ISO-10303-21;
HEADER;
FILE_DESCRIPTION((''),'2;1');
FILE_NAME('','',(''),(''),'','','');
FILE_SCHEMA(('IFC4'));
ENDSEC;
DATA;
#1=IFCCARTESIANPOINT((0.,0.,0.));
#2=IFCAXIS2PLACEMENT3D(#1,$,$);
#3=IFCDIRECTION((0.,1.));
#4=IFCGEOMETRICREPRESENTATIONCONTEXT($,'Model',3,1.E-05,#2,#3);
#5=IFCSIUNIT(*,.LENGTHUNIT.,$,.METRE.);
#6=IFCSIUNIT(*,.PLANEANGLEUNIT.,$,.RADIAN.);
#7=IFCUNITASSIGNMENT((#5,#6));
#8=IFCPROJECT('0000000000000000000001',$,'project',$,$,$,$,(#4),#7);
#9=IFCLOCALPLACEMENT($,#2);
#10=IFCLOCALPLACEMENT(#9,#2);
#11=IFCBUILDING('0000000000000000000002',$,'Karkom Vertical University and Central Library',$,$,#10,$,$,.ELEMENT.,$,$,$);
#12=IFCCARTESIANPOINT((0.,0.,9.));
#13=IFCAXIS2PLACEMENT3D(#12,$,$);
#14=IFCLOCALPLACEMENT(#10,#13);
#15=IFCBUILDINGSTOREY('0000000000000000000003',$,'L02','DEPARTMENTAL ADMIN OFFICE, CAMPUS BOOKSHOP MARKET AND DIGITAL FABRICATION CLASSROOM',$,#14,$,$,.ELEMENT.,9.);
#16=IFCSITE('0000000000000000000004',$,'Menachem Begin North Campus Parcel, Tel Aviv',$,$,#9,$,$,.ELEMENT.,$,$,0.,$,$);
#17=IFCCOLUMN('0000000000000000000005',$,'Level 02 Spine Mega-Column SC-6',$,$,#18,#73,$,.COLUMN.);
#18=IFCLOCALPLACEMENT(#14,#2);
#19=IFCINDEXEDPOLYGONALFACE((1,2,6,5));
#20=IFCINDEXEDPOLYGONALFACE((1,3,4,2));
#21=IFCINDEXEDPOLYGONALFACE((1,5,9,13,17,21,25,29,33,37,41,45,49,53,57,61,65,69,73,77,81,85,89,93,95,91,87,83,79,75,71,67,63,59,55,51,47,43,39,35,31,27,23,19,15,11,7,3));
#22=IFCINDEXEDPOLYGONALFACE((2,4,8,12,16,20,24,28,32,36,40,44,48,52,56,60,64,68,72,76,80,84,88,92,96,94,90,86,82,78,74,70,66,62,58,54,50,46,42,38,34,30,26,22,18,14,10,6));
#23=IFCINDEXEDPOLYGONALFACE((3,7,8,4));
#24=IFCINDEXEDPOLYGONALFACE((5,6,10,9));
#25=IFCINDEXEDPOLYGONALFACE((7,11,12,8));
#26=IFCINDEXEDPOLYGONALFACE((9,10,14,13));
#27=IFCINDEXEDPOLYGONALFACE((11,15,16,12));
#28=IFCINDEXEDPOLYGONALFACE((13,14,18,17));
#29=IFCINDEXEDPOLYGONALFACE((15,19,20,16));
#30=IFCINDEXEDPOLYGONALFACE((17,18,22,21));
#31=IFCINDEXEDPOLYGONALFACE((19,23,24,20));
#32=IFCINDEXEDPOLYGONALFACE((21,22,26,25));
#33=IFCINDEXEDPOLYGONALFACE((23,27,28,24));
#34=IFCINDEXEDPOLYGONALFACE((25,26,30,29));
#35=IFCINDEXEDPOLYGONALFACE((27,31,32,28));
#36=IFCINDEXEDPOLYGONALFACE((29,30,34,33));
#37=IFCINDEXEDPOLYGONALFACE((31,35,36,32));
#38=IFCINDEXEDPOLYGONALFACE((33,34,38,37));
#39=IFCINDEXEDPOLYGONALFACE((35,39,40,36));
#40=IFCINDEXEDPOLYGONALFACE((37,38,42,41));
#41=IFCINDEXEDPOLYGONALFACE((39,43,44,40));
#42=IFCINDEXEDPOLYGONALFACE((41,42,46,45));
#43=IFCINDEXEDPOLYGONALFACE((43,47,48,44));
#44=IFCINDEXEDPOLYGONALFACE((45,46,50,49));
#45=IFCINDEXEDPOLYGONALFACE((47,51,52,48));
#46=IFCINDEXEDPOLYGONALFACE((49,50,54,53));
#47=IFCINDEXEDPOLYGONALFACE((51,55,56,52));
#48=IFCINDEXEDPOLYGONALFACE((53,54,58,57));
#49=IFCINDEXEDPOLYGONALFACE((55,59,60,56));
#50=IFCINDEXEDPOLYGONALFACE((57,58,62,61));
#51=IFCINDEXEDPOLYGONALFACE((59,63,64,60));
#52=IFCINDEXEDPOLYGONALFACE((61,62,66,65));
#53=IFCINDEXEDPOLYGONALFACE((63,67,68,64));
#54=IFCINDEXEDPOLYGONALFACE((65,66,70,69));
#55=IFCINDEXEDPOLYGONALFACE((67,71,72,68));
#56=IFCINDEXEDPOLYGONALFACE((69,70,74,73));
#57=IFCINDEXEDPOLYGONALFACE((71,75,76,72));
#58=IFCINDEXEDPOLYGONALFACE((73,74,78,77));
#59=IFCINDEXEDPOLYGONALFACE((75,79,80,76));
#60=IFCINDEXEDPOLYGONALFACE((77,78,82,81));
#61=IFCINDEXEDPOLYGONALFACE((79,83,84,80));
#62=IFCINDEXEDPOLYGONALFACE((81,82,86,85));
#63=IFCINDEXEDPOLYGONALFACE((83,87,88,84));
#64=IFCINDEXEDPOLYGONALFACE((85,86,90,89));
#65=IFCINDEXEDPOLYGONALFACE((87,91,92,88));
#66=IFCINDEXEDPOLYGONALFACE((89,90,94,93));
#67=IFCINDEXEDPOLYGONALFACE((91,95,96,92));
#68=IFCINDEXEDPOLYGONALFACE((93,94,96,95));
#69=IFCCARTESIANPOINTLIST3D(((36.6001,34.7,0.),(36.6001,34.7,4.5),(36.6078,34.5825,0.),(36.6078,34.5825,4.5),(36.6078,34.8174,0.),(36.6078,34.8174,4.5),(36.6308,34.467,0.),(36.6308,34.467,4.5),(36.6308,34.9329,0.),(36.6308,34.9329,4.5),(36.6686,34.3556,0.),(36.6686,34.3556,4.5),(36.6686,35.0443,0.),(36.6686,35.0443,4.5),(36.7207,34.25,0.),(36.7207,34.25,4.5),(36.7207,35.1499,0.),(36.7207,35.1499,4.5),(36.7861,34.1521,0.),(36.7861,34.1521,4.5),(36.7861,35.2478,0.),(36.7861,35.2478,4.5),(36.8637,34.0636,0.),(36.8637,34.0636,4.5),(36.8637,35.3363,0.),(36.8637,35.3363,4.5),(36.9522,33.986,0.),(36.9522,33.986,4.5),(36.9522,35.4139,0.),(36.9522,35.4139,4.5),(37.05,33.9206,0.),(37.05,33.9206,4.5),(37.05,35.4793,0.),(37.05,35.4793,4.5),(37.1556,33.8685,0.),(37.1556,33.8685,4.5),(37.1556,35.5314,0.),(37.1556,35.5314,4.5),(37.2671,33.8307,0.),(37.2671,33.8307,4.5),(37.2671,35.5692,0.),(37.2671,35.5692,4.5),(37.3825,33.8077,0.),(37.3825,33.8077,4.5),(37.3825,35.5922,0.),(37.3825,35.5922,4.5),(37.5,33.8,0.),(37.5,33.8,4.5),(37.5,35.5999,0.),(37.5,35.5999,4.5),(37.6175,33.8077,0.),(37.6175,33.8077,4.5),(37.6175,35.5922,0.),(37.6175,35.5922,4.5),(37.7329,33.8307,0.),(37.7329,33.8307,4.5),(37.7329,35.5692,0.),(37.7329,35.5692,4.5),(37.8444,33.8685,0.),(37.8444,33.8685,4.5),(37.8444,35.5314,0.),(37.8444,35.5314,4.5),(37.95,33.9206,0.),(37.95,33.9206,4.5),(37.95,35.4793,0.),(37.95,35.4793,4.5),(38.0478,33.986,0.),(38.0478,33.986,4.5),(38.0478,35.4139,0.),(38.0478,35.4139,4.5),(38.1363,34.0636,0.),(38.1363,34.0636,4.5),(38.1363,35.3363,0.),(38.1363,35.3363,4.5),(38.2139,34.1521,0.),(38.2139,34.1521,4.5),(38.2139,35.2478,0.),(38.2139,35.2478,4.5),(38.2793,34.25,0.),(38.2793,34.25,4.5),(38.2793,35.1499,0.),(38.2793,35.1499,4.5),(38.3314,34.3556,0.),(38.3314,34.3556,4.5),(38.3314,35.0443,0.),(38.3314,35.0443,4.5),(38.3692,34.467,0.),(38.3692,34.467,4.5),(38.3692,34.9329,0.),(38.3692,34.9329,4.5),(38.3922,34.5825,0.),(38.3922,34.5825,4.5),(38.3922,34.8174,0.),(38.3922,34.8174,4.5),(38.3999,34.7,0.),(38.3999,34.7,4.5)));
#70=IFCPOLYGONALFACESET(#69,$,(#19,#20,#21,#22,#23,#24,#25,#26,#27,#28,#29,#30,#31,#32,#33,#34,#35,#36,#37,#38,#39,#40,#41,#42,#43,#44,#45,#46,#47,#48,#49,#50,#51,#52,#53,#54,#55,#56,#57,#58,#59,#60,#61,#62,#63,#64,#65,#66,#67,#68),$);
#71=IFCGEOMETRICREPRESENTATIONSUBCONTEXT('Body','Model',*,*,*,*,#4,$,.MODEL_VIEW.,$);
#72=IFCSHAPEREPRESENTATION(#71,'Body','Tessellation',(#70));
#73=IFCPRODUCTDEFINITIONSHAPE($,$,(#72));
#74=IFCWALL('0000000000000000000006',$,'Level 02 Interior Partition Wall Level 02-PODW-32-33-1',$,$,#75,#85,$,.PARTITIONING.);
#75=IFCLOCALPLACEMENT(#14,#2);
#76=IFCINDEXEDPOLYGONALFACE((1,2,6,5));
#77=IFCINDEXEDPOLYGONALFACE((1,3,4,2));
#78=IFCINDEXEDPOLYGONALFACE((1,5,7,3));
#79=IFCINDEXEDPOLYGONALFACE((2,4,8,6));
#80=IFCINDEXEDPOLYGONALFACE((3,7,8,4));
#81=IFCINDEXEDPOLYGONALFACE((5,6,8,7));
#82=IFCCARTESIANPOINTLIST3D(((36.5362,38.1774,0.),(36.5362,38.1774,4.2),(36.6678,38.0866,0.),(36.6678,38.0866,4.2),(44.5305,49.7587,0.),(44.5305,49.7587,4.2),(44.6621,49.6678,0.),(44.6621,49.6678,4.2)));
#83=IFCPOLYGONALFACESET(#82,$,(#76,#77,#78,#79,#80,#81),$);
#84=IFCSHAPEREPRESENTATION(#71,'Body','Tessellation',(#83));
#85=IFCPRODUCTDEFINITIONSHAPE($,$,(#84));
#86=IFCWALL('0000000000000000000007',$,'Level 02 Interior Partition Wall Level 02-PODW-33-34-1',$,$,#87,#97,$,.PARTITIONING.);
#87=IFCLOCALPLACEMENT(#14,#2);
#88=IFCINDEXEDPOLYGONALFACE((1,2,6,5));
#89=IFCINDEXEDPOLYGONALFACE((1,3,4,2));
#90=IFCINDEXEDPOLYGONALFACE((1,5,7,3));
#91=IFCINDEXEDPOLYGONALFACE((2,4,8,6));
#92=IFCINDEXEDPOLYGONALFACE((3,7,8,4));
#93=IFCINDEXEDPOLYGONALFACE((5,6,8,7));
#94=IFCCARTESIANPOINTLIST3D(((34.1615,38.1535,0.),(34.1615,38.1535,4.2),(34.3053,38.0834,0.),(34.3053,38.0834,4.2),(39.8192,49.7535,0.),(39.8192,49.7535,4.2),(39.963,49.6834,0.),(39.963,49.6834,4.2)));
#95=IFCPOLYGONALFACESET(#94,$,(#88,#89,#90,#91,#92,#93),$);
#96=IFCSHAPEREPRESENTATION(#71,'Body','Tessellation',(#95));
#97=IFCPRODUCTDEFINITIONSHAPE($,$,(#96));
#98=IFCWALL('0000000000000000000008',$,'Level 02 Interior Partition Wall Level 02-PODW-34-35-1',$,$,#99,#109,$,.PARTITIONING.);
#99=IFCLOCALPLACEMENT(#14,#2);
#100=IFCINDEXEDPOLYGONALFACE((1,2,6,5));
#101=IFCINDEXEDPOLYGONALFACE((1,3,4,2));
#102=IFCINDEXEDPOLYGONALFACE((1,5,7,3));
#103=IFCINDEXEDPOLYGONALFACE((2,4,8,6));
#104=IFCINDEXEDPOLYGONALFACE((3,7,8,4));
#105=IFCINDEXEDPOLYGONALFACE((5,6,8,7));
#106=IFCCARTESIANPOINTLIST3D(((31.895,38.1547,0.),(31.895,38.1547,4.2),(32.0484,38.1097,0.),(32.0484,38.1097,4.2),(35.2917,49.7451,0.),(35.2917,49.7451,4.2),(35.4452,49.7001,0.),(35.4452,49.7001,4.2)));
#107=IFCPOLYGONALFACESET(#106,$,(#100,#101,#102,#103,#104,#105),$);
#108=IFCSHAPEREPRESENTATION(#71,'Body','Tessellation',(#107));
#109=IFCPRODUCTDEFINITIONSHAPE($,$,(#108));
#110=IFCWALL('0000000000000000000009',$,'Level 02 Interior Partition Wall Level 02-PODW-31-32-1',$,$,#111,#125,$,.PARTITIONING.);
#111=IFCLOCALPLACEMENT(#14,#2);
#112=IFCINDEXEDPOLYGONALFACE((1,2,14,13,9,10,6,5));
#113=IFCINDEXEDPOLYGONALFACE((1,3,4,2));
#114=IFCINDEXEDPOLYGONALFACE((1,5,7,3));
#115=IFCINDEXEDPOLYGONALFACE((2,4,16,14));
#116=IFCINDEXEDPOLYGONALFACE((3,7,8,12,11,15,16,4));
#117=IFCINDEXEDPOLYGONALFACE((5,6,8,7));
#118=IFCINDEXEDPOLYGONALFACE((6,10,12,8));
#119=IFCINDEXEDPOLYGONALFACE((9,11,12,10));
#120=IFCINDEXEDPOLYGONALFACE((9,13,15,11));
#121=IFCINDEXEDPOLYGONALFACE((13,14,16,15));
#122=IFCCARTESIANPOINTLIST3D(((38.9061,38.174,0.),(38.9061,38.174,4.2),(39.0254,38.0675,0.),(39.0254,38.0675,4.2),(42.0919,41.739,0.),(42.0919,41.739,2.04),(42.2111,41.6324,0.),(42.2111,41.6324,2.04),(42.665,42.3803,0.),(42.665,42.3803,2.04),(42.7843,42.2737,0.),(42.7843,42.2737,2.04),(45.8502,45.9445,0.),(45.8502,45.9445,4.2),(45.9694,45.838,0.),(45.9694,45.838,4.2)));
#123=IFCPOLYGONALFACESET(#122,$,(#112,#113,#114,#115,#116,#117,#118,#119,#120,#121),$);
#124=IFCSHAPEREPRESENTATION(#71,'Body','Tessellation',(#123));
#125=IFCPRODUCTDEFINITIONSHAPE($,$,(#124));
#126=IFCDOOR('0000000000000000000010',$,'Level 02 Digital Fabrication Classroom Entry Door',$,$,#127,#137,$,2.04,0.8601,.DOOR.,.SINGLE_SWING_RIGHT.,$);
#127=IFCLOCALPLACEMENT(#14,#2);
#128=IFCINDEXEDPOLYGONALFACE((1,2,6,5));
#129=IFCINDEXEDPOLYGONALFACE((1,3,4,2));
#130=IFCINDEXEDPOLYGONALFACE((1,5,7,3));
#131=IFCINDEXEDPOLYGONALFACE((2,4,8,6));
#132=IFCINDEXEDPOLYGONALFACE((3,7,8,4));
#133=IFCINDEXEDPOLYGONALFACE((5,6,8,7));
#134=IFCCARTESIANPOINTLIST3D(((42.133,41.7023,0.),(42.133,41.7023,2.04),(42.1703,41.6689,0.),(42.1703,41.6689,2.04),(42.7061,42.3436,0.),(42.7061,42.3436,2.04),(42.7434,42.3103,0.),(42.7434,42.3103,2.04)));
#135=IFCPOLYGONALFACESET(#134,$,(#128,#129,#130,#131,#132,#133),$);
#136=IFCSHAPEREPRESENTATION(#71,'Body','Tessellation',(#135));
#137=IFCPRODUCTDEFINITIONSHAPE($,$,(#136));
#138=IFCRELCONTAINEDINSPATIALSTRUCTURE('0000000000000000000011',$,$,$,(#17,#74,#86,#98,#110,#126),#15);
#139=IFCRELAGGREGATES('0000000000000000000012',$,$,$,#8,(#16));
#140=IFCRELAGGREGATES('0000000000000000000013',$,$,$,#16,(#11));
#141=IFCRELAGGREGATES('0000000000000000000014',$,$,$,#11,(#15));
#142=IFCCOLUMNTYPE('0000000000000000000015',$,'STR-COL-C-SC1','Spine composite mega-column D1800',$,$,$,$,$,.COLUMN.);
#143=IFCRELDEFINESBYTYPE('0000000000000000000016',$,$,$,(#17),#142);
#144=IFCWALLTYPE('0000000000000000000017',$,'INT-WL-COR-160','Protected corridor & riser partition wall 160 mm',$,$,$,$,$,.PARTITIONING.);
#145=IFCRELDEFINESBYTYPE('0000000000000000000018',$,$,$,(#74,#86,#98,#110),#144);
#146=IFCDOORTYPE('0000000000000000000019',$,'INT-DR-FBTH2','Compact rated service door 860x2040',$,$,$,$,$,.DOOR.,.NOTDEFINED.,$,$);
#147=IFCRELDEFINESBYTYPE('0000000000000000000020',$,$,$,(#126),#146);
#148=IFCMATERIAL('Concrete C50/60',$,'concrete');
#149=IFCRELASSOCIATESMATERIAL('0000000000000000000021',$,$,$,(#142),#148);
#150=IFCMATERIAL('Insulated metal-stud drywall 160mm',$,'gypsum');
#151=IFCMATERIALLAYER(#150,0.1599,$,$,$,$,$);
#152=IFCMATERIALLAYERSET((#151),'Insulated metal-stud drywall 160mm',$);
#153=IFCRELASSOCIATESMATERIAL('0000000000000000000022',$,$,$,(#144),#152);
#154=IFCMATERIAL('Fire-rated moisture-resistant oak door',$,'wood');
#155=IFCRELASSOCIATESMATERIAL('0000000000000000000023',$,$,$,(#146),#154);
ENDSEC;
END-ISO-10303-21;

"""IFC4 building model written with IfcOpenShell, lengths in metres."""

from ifc_helpers import new_model, si_unit, direction, frame, frame_2d, origin, origin_with_axes, origin_2d, place, context, subcontext, project, spatial, rectangle, circle, extrude, source, transform, mapped, material, layer, layer_set, material_profile, profile_set, type_object, element, fill, save


model = new_model("IFC4")

# Units and contexts
model_context = context("Model", 3, precision=1e-05, world=origin(), true_north=direction((0.0, 1.0)))
body_context = subcontext(model_context, "Body", "Model", "MODEL_VIEW")
ifc_project = project(units=[si_unit("LENGTHUNIT", "METRE"), si_unit("PLANEANGLEUNIT", "RADIAN")], contexts=[model_context])

# Site, building, storey
site_placement = place(None, origin())
site = spatial("IfcSite", under=ifc_project, at=site_placement, Name="Menachem Begin North Campus Parcel, Tel Aviv", CompositionType="ELEMENT", RefElevation=0.0)
building_placement = place(site_placement, origin())
building = spatial("IfcBuilding", under=site, at=building_placement, Name="Karkom Vertical University and Central Library", CompositionType="ELEMENT")
storey_placement = place(building_placement, frame((0.0, 0.0, 9.0)))
storey = spatial("IfcBuildingStorey", under=building, at=storey_placement, Name="L02", Description="DEPARTMENTAL ADMIN OFFICE, CAMPUS BOOKSHOP MARKET AND DIGITAL FABRICATION CLASSROOM", CompositionType="ELEMENT", Elevation=9.0)

# Column
ifc_material_1 = material(Name="Concrete C50/60", Category="concrete")
ifc_material_profile = material_profile(ifc_material_1, circle(Radius=0.8999, at=origin_2d()), Name="CFT-D1800")
ifc_profile_set = profile_set([ifc_material_profile], Name="Concrete C50/60")
column_type = type_object("IfcColumnType", Name="STR-COL-C-SC1", Description="Spine composite mega-column D1800", PredefinedType="COLUMN", material=ifc_profile_set)
shared_shape_1 = source(origin_with_axes(), body_context, "Body", "SweptSolid", [
    extrude(circle(Radius=0.8999, at=origin_2d()), origin(), (0.0, 0.0, 1.0), 4.5),
])
column_placement = place(storey_placement, frame((37.5, 34.7, 0.0), z_axis=(0.0, 0.0, 1.0), x_axis=(1.0, 0.0, 0.0)))
element("IfcColumn", 1, at=column_placement, inside=storey, type_object=column_type, Name="Level 02 Spine Mega-Column SC-6", PredefinedType="COLUMN", context=body_context, shape_type="MappedRepresentation", body=[
    mapped(shared_shape_1, transform((0.0, 0.0, 0.0), scale=1.0)),
])

# Walls
ifc_material_2 = material(Name="Insulated metal-stud drywall 160mm", Category="gypsum")
ifc_layer_1 = layer(ifc_material_2, 0.1599)
ifc_layer_set_1 = layer_set([ifc_layer_1], Name="Insulated metal-stud drywall 160mm")
wall_type_1 = type_object("IfcWallType", Name="INT-WL-COR-160", Description="Protected corridor & riser partition wall 160 mm", PredefinedType="PARTITIONING", material=ifc_layer_set_1)
wall_1_placement = place(storey_placement, frame((36.6021, 38.1321, 0.0), z_axis=(0.0, 0.0, 1.0), x_axis=(0.568084, 0.822971, 0.0)))
element("IfcWall", 2, at=wall_1_placement, inside=storey, type_object=wall_type_1, Name="Level 02 Interior Partition Wall Level 02-PODW-32-33-1", PredefinedType="PARTITIONING", context=body_context, shape_type="SweptSolid", body=[
    extrude(rectangle(XDim=14.0725, YDim=0.1599, at=frame_2d((7.0361, 0.0))), origin(), (0.0, 0.0, 1.0), 4.2),
])
wall_2_placement = place(storey_placement, frame((34.2334, 38.1184, 0.0), z_axis=(0.0, 0.0, 1.0), x_axis=(0.438369, 0.898795, 0.0)))
element("IfcWall", 3, at=wall_2_placement, inside=storey, type_object=wall_type_1, Name="Level 02 Interior Partition Wall Level 02-PODW-33-34-1", PredefinedType="PARTITIONING", context=body_context, shape_type="SweptSolid", body=[
    extrude(rectangle(XDim=12.9062, YDim=0.1599, at=frame_2d((6.4531, 0.0))), origin(), (0.0, 0.0, 1.0), 4.2),
])
wall_3_placement = place(storey_placement, frame((31.9717, 38.1321, 0.0), z_axis=(0.0, 0.0, 1.0), x_axis=(0.281237, 0.959638, 0.0)))
element("IfcWall", 4, at=wall_3_placement, inside=storey, type_object=wall_type_1, Name="Level 02 Interior Partition Wall Level 02-PODW-34-35-1", PredefinedType="PARTITIONING", context=body_context, shape_type="SweptSolid", body=[
    extrude(rectangle(XDim=12.0779, YDim=0.1599, at=frame_2d((6.0391, 0.0))), origin(), (0.0, 0.0, 1.0), 4.2),
])

# Wall, opening, door
wall_4_placement = place(storey_placement, frame((38.9658, 38.1208, 0.0), z_axis=(0.0, 0.0, 1.0), x_axis=(0.666343, 0.745645, 0.0)))
wall_4 = element("IfcWall", 5, at=wall_4_placement, inside=storey, type_object=wall_type_1, Name="Level 02 Interior Partition Wall Level 02-PODW-31-32-1", PredefinedType="PARTITIONING", context=body_context, shape_type="SweptSolid", body=[
    extrude(rectangle(XDim=10.4211, YDim=0.1599, at=frame_2d((5.2104, 0.0))), origin(), (0.0, 0.0, 1.0), 4.2),
])
opening_1_placement = place(wall_4_placement, frame((4.7808, 0.0, 0.0)))
opening_1 = element("IfcOpeningElement", 6, at=opening_1_placement, cuts=wall_4, PredefinedType="OPENING", context=body_context, shape_type="SweptSolid", body=[
    extrude(rectangle(XDim=0.8601, YDim=2.04, at=frame_2d((0.4302, 1.02))), frame((0.0, 0.0898, 0.0), z_axis=(0.0, -1.0, 0.0), x_axis=(1.0, 0.0, 0.0)), (0.0, 0.0, 1.0), 0.1799),
])
ifc_material_3 = material(Name="Fire-rated moisture-resistant oak door", Category="wood")
door_type_1 = type_object("IfcDoorType", Name="INT-DR-FBTH2", Description="Compact rated service door 860x2040", OperationType="NOTDEFINED", PredefinedType="DOOR", material=ifc_material_3)
shared_shape_2 = source(origin_with_axes(), body_context, "Body", "SweptSolid", [
    extrude(rectangle(XDim=0.8601, YDim=2.04, at=frame_2d((0.4302, 1.02))), frame((0.0, 0.0249, 0.0), z_axis=(0.0, -1.0, 0.0), x_axis=(1.0, 0.0, 0.0)), (0.0, 0.0, 1.0), 0.05),
])
door_1_placement = place(opening_1_placement, origin())
door_1 = element("IfcDoor", 7, at=door_1_placement, inside=storey, type_object=door_type_1, Name="Level 02 Digital Fabrication Classroom Entry Door", OperationType="SINGLE_SWING_RIGHT", OverallHeight=2.04, OverallWidth=0.8601, PredefinedType="DOOR", context=body_context, shape_type="MappedRepresentation", body=[
    mapped(shared_shape_2, transform((0.0, 0.0, 0.0), scale=1.0)),
])
fill(opening_1, door_1)

save(model, "model.ifc")
